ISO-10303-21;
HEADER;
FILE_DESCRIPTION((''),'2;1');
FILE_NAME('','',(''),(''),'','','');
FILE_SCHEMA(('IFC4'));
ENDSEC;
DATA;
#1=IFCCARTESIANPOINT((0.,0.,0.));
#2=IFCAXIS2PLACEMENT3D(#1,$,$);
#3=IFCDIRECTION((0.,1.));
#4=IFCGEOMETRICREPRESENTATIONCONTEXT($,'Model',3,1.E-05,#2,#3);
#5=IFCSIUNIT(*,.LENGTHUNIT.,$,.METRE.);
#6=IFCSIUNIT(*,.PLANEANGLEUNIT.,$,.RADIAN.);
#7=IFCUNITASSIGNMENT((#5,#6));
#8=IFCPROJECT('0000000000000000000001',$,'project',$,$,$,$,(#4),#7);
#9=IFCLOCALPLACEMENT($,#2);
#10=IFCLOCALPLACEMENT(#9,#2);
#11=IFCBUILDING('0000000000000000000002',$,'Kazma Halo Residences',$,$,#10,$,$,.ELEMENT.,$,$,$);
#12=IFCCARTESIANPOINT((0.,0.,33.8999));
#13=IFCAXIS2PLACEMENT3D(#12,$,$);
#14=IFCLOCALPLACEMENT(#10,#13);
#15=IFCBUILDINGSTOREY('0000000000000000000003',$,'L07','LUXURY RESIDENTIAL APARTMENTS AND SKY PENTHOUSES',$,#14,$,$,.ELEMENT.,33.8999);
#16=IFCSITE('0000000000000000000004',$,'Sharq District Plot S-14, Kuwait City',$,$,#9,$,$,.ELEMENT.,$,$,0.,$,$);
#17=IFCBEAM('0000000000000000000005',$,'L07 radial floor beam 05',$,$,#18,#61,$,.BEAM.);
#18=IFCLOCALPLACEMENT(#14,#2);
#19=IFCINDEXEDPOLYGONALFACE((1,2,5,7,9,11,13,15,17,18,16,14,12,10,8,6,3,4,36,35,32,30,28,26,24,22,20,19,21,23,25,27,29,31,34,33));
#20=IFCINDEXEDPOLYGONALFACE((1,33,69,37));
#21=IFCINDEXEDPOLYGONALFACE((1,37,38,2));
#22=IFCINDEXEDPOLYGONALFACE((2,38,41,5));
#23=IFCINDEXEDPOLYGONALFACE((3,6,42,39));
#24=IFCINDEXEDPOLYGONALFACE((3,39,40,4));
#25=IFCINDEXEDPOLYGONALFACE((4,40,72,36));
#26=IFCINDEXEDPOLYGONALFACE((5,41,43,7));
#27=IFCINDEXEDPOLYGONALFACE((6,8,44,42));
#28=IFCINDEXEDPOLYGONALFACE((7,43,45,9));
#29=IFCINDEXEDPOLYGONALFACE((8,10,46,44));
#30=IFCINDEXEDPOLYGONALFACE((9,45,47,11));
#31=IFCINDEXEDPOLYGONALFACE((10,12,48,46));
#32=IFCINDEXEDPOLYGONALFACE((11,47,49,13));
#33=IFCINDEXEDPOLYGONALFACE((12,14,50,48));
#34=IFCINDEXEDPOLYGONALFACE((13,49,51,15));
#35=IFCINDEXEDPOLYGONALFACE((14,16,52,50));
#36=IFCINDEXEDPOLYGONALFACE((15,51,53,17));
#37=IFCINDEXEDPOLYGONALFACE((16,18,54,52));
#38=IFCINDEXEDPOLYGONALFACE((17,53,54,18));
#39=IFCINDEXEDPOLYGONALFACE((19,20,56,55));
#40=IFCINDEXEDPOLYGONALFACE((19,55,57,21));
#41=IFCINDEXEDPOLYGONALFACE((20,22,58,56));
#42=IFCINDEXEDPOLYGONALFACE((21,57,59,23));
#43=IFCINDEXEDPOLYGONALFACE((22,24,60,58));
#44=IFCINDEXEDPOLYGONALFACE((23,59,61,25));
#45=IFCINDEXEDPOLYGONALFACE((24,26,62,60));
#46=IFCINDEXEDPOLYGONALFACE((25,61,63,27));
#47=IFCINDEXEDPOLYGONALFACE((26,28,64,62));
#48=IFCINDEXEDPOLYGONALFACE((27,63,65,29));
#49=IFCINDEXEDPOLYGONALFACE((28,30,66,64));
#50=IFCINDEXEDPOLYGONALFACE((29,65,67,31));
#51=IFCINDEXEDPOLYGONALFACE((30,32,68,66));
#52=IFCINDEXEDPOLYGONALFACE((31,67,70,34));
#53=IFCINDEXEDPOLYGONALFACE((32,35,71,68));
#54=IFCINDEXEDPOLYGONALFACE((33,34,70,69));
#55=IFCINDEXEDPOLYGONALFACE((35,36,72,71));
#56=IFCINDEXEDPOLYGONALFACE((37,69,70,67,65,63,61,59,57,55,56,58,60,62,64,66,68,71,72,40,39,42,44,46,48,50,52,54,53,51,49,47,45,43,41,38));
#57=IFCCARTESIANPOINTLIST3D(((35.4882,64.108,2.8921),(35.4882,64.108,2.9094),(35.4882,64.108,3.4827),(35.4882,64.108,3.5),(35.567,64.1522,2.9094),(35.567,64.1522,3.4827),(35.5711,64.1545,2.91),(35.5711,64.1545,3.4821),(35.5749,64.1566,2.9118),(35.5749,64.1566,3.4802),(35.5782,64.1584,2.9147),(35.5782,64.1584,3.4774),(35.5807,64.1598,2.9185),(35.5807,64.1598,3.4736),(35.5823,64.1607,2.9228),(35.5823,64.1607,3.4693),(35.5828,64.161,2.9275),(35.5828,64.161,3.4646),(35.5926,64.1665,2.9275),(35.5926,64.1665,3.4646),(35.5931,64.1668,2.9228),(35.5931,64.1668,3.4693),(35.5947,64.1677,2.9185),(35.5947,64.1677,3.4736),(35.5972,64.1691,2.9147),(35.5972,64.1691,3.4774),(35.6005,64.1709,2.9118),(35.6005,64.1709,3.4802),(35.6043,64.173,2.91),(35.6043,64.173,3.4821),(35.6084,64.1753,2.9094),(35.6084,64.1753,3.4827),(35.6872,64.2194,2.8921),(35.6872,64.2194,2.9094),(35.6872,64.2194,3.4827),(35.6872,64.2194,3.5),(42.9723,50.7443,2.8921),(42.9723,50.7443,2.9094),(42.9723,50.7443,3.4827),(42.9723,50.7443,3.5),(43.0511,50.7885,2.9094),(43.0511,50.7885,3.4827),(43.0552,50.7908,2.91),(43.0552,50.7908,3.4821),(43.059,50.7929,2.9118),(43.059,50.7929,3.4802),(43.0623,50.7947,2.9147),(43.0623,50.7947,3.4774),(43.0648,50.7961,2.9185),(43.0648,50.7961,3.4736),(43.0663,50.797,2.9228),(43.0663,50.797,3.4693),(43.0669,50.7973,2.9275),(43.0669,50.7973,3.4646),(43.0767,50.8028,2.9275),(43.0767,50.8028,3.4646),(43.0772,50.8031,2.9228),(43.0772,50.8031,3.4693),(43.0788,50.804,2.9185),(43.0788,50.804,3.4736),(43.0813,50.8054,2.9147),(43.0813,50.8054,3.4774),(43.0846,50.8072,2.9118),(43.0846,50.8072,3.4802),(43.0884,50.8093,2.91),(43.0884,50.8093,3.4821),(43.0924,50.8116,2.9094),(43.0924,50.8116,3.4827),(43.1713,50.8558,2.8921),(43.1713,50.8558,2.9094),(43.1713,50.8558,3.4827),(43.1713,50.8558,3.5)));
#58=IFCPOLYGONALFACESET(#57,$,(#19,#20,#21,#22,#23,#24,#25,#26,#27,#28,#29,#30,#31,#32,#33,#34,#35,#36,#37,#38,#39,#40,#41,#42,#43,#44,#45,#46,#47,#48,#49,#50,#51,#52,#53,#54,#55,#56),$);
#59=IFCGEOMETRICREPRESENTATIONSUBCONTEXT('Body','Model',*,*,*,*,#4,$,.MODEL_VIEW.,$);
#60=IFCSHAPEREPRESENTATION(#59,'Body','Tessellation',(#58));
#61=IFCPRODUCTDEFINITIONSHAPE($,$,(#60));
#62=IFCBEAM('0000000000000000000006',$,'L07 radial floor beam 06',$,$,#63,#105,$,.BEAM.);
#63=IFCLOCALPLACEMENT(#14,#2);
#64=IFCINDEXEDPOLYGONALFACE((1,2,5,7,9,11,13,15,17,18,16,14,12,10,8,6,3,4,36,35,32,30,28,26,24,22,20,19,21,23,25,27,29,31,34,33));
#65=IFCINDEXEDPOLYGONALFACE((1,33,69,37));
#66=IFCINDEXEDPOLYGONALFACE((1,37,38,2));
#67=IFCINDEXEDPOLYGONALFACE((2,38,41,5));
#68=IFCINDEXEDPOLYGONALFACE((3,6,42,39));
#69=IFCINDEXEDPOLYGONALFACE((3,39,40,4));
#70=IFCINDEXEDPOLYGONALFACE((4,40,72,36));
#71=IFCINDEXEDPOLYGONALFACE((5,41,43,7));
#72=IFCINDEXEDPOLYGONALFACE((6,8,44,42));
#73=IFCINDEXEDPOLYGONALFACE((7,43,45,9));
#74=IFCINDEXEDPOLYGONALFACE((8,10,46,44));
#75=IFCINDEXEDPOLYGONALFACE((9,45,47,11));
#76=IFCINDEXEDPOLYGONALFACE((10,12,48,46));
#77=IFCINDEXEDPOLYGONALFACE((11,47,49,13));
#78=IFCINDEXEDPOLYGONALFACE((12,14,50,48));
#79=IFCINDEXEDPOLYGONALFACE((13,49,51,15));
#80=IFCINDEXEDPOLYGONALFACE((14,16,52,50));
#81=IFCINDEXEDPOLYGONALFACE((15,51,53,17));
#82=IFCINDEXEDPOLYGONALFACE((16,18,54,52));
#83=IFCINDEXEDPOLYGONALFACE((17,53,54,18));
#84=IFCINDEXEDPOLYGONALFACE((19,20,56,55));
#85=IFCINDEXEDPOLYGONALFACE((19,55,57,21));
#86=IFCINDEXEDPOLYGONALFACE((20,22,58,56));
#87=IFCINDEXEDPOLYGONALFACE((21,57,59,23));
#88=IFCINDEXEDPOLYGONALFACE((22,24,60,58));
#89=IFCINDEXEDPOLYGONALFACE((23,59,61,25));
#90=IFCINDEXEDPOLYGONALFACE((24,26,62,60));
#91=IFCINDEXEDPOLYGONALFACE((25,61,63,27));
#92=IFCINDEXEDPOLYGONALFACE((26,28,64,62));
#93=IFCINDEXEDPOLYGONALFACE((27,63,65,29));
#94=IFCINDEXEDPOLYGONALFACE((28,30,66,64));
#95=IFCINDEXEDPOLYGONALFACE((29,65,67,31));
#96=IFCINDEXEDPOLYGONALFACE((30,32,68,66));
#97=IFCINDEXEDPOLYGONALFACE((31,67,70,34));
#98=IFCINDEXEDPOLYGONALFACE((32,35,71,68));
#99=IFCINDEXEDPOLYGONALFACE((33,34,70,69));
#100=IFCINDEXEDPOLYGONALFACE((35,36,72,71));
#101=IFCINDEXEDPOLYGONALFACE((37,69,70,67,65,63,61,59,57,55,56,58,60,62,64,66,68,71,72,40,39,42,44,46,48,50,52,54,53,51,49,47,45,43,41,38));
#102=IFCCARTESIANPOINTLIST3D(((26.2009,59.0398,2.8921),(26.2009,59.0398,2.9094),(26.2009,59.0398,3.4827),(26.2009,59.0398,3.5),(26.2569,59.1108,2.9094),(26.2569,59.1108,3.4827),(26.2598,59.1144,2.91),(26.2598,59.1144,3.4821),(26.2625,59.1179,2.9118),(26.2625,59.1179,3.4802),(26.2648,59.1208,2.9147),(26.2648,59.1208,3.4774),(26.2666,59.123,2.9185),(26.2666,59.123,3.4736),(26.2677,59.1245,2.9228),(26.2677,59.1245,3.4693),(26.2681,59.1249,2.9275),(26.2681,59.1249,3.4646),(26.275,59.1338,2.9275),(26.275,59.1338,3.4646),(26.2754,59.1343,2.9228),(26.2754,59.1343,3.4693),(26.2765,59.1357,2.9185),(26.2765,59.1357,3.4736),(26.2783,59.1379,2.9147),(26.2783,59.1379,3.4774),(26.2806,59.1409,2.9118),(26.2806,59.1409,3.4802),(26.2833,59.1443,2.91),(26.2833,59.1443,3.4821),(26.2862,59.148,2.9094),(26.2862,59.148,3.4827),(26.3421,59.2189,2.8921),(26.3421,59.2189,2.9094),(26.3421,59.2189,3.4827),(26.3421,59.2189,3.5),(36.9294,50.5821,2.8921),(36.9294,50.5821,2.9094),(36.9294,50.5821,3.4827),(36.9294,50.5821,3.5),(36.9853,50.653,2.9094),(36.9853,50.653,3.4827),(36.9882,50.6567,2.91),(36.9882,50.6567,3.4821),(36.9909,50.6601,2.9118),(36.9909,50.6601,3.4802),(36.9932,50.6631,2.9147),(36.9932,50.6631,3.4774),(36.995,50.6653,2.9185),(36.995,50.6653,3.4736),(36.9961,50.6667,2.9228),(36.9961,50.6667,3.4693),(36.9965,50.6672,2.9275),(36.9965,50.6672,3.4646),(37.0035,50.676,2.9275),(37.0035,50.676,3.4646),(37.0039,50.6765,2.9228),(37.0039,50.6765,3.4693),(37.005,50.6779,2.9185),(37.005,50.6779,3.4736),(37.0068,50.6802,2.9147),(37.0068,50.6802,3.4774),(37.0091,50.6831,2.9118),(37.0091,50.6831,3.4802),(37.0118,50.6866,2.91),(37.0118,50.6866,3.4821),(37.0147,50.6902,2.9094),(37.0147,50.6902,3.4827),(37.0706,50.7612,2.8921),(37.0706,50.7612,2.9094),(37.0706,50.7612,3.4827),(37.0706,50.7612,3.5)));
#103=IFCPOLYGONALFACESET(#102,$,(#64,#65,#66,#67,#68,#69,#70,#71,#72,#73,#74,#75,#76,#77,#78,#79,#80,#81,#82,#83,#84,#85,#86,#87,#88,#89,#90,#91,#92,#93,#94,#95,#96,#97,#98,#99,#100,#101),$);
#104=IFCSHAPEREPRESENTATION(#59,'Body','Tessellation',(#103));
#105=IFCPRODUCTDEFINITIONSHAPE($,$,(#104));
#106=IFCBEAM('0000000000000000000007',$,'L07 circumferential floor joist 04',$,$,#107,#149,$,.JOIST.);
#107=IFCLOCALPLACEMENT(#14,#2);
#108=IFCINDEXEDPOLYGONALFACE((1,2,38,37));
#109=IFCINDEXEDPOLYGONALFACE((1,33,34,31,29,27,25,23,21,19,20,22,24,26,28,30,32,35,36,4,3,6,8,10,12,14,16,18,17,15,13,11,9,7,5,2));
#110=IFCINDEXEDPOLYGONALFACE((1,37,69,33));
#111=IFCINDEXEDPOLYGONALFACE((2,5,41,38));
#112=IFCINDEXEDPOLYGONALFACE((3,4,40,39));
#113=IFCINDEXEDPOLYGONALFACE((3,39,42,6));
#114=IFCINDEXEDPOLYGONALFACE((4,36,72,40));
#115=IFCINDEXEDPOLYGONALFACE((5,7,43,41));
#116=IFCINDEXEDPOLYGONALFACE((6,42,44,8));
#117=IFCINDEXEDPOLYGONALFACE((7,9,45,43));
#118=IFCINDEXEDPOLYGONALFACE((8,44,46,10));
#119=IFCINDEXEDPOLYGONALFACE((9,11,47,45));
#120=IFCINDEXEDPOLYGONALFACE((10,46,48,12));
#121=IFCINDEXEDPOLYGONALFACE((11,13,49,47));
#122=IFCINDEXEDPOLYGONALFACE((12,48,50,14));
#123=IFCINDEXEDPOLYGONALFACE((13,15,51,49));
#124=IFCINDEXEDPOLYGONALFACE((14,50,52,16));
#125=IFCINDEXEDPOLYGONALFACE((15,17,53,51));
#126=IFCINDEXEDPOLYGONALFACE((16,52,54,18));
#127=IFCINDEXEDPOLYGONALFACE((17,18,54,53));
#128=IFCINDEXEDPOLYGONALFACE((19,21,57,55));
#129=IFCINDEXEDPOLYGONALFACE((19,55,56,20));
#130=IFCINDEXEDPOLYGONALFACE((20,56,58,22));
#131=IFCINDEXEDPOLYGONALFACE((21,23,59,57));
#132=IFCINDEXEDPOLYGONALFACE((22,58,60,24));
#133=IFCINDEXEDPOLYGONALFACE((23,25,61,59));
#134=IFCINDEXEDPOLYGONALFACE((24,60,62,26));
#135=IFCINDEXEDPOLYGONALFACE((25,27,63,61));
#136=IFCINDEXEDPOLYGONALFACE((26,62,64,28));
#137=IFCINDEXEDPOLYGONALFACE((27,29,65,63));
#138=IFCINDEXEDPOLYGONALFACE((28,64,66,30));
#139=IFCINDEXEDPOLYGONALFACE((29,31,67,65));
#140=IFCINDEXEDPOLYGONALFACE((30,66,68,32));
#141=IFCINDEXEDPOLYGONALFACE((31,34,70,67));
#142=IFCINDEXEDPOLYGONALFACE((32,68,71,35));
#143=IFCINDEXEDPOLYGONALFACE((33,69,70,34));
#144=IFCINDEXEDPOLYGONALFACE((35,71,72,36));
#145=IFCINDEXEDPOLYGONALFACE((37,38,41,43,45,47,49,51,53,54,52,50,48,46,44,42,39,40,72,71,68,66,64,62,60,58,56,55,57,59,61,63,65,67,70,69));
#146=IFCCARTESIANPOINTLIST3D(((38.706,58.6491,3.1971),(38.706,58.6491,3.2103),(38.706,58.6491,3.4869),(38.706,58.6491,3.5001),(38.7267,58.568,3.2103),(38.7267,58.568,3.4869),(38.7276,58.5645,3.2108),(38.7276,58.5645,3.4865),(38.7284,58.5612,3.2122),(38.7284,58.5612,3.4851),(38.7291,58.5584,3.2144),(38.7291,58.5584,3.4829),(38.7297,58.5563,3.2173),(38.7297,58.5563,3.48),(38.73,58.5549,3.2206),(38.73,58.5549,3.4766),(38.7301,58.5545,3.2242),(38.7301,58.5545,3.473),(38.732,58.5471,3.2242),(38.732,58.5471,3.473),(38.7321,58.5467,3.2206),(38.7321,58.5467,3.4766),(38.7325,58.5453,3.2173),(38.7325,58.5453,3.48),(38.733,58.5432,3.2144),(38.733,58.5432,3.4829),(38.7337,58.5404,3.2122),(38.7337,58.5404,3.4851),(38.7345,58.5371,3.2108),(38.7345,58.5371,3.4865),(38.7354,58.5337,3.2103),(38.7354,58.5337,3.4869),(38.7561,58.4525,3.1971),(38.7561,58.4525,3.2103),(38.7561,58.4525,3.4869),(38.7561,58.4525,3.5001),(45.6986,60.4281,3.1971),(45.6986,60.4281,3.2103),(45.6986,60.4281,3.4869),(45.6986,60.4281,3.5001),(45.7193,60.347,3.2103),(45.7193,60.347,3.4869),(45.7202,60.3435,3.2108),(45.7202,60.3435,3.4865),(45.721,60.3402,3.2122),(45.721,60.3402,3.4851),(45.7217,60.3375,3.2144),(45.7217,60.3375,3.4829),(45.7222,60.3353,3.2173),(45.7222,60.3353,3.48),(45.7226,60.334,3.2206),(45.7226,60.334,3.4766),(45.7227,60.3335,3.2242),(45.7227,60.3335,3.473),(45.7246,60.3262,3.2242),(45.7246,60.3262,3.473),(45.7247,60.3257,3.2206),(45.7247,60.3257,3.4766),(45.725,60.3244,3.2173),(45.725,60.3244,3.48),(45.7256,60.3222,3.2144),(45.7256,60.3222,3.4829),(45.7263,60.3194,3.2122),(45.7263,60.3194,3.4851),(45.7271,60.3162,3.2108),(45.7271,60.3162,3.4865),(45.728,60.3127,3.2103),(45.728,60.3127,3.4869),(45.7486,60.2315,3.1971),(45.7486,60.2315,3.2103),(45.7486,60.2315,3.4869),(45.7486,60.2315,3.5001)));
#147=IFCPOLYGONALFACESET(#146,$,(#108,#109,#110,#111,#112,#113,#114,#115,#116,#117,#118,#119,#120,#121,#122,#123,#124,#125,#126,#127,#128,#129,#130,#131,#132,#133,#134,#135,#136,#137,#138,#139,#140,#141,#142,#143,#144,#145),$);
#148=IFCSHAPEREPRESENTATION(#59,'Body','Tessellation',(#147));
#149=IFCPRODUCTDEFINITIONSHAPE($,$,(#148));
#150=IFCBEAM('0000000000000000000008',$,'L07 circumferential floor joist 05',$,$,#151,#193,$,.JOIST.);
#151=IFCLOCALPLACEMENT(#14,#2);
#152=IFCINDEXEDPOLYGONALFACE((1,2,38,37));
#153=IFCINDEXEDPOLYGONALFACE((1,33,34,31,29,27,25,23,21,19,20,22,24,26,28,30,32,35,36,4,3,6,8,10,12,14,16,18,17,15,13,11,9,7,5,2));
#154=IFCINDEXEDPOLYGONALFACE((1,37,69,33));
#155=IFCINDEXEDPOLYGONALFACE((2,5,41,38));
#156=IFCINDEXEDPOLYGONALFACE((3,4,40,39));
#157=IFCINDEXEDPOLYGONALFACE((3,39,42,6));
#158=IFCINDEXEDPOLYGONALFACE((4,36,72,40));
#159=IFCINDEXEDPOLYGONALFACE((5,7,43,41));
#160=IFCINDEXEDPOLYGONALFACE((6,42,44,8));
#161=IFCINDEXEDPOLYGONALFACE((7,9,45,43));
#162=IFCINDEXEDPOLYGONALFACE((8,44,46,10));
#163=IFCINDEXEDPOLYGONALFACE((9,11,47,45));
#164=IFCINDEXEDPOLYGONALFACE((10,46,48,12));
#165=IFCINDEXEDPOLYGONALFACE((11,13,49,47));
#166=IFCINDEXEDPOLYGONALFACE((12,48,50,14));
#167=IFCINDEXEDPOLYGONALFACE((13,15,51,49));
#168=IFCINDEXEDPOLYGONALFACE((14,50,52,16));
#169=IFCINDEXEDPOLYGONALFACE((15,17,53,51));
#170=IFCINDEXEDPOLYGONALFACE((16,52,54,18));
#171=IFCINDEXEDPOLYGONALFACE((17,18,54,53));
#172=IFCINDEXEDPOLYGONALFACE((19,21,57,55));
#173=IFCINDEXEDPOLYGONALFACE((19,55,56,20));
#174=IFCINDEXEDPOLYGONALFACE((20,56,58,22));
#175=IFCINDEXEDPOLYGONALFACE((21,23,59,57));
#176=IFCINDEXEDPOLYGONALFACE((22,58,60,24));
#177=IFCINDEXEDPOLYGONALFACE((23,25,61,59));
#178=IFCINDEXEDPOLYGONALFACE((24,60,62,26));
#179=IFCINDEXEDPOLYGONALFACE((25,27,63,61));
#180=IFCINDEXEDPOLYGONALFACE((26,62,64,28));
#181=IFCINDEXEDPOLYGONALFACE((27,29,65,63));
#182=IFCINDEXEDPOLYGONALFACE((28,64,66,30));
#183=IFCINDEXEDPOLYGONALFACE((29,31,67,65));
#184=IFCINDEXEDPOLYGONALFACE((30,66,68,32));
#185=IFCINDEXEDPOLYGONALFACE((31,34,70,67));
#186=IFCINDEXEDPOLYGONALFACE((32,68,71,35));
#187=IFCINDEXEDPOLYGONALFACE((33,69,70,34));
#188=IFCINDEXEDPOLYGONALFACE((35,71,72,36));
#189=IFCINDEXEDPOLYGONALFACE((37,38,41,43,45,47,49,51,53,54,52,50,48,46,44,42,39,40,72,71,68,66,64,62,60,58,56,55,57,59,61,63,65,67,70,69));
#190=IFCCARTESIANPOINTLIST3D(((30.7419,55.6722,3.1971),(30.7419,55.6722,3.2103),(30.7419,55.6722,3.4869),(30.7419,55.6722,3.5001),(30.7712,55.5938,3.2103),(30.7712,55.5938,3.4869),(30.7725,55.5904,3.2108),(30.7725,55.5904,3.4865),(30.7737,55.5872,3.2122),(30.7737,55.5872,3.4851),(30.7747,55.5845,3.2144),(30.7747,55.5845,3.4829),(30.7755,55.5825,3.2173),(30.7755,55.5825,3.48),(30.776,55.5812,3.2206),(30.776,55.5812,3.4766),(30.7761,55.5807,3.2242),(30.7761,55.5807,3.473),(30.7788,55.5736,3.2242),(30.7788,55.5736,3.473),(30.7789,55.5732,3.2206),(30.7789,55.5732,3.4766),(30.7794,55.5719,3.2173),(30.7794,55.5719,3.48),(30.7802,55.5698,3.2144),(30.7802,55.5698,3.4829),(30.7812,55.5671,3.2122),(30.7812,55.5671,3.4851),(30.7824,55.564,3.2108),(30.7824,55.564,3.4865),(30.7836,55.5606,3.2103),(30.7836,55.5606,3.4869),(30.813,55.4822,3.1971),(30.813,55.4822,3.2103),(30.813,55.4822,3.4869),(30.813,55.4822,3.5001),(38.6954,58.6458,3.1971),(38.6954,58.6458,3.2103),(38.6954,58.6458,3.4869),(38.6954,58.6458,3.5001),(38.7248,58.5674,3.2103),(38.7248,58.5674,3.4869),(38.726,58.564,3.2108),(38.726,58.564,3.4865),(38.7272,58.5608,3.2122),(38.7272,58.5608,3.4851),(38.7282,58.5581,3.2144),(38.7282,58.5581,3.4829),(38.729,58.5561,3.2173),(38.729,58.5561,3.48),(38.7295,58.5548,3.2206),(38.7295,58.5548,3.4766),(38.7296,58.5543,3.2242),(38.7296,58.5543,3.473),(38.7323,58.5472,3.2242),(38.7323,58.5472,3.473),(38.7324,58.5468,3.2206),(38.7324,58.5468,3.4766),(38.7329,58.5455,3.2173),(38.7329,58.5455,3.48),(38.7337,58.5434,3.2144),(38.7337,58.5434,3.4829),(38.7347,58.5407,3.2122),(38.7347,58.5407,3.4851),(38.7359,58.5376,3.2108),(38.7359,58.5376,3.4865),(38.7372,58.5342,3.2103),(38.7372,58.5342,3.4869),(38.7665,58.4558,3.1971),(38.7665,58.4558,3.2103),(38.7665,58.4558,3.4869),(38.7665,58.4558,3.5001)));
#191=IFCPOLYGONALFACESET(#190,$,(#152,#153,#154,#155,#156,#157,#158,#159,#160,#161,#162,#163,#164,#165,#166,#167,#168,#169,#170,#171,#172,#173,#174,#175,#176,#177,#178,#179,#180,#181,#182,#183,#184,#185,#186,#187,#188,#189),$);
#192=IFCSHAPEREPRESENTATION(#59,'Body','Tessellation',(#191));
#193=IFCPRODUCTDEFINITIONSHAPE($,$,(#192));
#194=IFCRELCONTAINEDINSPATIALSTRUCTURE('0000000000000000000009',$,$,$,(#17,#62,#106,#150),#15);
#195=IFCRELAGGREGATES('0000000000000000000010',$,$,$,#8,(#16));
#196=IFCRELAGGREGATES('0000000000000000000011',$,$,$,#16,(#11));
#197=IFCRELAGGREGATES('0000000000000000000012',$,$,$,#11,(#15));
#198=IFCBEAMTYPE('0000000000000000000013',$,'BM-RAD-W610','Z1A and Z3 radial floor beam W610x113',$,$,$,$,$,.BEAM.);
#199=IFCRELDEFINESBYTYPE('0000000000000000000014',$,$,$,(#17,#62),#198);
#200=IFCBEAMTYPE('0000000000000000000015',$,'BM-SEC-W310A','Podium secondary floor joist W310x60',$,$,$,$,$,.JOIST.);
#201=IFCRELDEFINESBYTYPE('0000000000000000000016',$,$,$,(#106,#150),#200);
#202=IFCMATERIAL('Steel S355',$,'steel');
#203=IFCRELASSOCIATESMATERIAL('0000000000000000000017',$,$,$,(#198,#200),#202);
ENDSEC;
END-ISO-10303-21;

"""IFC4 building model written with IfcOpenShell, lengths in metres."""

from ifc_helpers import new_model, si_unit, direction, frame, origin, origin_2d, place, context, subcontext, project, spatial, i_section, extrude, material, material_profile, profile_set, type_object, element, save


model = new_model("IFC4")

# Units and contexts
model_context = context("Model", 3, precision=1e-05, world=origin(), true_north=direction((0.0, 1.0)))
body_context = subcontext(model_context, "Body", "Model", "MODEL_VIEW")
ifc_project = project(units=[si_unit("LENGTHUNIT", "METRE"), si_unit("PLANEANGLEUNIT", "RADIAN")], contexts=[model_context])

# Site, building, storey
site_placement = place(None, origin())
site = spatial("IfcSite", under=ifc_project, at=site_placement, Name="Sharq District Plot S-14, Kuwait City", CompositionType="ELEMENT", RefElevation=0.0)
building_placement = place(site_placement, origin())
building = spatial("IfcBuilding", under=site, at=building_placement, Name="Kazma Halo Residences", CompositionType="ELEMENT")
storey_placement = place(building_placement, frame((0.0, 0.0, 33.8999)))
storey = spatial("IfcBuildingStorey", under=building, at=storey_placement, Name="L07", Description="LUXURY RESIDENTIAL APARTMENTS AND SKY PENTHOUSES", CompositionType="ELEMENT", Elevation=33.8999)

# Beams
ifc_material_1 = material(Name="Steel S355", Category="steel")
ifc_material_profile_1 = material_profile(ifc_material_1, i_section(OverallWidth=0.228, OverallDepth=0.6079, WebThickness=0.0112, FlangeThickness=0.0173, FilletRadius=0.0181, at=origin_2d()), Name="W610x113")
ifc_profile_set_1 = profile_set([ifc_material_profile_1], Name="Steel S355")
beam_type_1 = type_object("IfcBeamType", Name="BM-RAD-W610", Description="Z1A and Z3 radial floor beam W610x113", PredefinedType="BEAM", material=ifc_profile_set_1)
beam_1_placement = place(storey_placement, frame((43.0718, 50.8, 3.196), z_axis=(-0.488624, 0.872494, 0.0), x_axis=(-0.872494, -0.488624, 0.0)))
element("IfcBeam", 1, at=beam_1_placement, inside=storey, type_object=beam_type_1, Name="L07 radial floor beam 05", PredefinedType="BEAM", context=body_context, shape_type="SweptSolid", body=[
    extrude(i_section(OverallWidth=0.228, OverallDepth=0.6079, WebThickness=0.0112, FlangeThickness=0.0173, FilletRadius=0.0181, at=origin_2d()), origin(), (0.0, 0.0, 1.0), 15.3167),
])
beam_2_placement = place(storey_placement, frame((37.0, 50.6716, 3.196), z_axis=(-0.785314, 0.619098, 0.0), x_axis=(-0.619098, -0.785314, 0.0)))
element("IfcBeam", 2, at=beam_2_placement, inside=storey, type_object=beam_type_1, Name="L07 radial floor beam 06", PredefinedType="BEAM", context=body_context, shape_type="SweptSolid", body=[
    extrude(i_section(OverallWidth=0.228, OverallDepth=0.6079, WebThickness=0.0112, FlangeThickness=0.0173, FilletRadius=0.0181, at=origin_2d()), origin(), (0.0, 0.0, 1.0), 13.6614),
])
ifc_material_profile_2 = material_profile(ifc_material_1, i_section(OverallWidth=0.2029, OverallDepth=0.303, WebThickness=0.0076, FlangeThickness=0.0132, FilletRadius=0.0139, at=origin_2d()), Name="W310x60")
ifc_profile_set_2 = profile_set([ifc_material_profile_2], Name="Steel S355")
beam_type_2 = type_object("IfcBeamType", Name="BM-SEC-W310A", Description="Podium secondary floor joist W310x60", PredefinedType="JOIST", material=ifc_profile_set_2)
beam_3_placement = place(storey_placement, frame((45.7236, 60.3298, 3.3486), z_axis=(-0.969127, -0.246562, 0.0), x_axis=(0.246562, -0.969127, 0.0)))
element("IfcBeam", 3, at=beam_3_placement, inside=storey, type_object=beam_type_2, Name="L07 circumferential floor joist 04", PredefinedType="JOIST", context=body_context, shape_type="SweptSolid", body=[
    extrude(i_section(OverallWidth=0.2029, OverallDepth=0.303, WebThickness=0.0076, FlangeThickness=0.0132, FilletRadius=0.0139, at=origin_2d()), origin(), (0.0, 0.0, 1.0), 7.2153),
])
beam_4_placement = place(storey_placement, frame((38.731, 58.5508, 3.3486), z_axis=(-0.936676, -0.350197, 0.0), x_axis=(0.350197, -0.936676, 0.0)))
element("IfcBeam", 4, at=beam_4_placement, inside=storey, type_object=beam_type_2, Name="L07 circumferential floor joist 05", PredefinedType="JOIST", context=body_context, shape_type="SweptSolid", body=[
    extrude(i_section(OverallWidth=0.2029, OverallDepth=0.303, WebThickness=0.0076, FlangeThickness=0.0132, FilletRadius=0.0139, at=origin_2d()), origin(), (0.0, 0.0, 1.0), 8.4912),
])

save(model, "model.ifc")
